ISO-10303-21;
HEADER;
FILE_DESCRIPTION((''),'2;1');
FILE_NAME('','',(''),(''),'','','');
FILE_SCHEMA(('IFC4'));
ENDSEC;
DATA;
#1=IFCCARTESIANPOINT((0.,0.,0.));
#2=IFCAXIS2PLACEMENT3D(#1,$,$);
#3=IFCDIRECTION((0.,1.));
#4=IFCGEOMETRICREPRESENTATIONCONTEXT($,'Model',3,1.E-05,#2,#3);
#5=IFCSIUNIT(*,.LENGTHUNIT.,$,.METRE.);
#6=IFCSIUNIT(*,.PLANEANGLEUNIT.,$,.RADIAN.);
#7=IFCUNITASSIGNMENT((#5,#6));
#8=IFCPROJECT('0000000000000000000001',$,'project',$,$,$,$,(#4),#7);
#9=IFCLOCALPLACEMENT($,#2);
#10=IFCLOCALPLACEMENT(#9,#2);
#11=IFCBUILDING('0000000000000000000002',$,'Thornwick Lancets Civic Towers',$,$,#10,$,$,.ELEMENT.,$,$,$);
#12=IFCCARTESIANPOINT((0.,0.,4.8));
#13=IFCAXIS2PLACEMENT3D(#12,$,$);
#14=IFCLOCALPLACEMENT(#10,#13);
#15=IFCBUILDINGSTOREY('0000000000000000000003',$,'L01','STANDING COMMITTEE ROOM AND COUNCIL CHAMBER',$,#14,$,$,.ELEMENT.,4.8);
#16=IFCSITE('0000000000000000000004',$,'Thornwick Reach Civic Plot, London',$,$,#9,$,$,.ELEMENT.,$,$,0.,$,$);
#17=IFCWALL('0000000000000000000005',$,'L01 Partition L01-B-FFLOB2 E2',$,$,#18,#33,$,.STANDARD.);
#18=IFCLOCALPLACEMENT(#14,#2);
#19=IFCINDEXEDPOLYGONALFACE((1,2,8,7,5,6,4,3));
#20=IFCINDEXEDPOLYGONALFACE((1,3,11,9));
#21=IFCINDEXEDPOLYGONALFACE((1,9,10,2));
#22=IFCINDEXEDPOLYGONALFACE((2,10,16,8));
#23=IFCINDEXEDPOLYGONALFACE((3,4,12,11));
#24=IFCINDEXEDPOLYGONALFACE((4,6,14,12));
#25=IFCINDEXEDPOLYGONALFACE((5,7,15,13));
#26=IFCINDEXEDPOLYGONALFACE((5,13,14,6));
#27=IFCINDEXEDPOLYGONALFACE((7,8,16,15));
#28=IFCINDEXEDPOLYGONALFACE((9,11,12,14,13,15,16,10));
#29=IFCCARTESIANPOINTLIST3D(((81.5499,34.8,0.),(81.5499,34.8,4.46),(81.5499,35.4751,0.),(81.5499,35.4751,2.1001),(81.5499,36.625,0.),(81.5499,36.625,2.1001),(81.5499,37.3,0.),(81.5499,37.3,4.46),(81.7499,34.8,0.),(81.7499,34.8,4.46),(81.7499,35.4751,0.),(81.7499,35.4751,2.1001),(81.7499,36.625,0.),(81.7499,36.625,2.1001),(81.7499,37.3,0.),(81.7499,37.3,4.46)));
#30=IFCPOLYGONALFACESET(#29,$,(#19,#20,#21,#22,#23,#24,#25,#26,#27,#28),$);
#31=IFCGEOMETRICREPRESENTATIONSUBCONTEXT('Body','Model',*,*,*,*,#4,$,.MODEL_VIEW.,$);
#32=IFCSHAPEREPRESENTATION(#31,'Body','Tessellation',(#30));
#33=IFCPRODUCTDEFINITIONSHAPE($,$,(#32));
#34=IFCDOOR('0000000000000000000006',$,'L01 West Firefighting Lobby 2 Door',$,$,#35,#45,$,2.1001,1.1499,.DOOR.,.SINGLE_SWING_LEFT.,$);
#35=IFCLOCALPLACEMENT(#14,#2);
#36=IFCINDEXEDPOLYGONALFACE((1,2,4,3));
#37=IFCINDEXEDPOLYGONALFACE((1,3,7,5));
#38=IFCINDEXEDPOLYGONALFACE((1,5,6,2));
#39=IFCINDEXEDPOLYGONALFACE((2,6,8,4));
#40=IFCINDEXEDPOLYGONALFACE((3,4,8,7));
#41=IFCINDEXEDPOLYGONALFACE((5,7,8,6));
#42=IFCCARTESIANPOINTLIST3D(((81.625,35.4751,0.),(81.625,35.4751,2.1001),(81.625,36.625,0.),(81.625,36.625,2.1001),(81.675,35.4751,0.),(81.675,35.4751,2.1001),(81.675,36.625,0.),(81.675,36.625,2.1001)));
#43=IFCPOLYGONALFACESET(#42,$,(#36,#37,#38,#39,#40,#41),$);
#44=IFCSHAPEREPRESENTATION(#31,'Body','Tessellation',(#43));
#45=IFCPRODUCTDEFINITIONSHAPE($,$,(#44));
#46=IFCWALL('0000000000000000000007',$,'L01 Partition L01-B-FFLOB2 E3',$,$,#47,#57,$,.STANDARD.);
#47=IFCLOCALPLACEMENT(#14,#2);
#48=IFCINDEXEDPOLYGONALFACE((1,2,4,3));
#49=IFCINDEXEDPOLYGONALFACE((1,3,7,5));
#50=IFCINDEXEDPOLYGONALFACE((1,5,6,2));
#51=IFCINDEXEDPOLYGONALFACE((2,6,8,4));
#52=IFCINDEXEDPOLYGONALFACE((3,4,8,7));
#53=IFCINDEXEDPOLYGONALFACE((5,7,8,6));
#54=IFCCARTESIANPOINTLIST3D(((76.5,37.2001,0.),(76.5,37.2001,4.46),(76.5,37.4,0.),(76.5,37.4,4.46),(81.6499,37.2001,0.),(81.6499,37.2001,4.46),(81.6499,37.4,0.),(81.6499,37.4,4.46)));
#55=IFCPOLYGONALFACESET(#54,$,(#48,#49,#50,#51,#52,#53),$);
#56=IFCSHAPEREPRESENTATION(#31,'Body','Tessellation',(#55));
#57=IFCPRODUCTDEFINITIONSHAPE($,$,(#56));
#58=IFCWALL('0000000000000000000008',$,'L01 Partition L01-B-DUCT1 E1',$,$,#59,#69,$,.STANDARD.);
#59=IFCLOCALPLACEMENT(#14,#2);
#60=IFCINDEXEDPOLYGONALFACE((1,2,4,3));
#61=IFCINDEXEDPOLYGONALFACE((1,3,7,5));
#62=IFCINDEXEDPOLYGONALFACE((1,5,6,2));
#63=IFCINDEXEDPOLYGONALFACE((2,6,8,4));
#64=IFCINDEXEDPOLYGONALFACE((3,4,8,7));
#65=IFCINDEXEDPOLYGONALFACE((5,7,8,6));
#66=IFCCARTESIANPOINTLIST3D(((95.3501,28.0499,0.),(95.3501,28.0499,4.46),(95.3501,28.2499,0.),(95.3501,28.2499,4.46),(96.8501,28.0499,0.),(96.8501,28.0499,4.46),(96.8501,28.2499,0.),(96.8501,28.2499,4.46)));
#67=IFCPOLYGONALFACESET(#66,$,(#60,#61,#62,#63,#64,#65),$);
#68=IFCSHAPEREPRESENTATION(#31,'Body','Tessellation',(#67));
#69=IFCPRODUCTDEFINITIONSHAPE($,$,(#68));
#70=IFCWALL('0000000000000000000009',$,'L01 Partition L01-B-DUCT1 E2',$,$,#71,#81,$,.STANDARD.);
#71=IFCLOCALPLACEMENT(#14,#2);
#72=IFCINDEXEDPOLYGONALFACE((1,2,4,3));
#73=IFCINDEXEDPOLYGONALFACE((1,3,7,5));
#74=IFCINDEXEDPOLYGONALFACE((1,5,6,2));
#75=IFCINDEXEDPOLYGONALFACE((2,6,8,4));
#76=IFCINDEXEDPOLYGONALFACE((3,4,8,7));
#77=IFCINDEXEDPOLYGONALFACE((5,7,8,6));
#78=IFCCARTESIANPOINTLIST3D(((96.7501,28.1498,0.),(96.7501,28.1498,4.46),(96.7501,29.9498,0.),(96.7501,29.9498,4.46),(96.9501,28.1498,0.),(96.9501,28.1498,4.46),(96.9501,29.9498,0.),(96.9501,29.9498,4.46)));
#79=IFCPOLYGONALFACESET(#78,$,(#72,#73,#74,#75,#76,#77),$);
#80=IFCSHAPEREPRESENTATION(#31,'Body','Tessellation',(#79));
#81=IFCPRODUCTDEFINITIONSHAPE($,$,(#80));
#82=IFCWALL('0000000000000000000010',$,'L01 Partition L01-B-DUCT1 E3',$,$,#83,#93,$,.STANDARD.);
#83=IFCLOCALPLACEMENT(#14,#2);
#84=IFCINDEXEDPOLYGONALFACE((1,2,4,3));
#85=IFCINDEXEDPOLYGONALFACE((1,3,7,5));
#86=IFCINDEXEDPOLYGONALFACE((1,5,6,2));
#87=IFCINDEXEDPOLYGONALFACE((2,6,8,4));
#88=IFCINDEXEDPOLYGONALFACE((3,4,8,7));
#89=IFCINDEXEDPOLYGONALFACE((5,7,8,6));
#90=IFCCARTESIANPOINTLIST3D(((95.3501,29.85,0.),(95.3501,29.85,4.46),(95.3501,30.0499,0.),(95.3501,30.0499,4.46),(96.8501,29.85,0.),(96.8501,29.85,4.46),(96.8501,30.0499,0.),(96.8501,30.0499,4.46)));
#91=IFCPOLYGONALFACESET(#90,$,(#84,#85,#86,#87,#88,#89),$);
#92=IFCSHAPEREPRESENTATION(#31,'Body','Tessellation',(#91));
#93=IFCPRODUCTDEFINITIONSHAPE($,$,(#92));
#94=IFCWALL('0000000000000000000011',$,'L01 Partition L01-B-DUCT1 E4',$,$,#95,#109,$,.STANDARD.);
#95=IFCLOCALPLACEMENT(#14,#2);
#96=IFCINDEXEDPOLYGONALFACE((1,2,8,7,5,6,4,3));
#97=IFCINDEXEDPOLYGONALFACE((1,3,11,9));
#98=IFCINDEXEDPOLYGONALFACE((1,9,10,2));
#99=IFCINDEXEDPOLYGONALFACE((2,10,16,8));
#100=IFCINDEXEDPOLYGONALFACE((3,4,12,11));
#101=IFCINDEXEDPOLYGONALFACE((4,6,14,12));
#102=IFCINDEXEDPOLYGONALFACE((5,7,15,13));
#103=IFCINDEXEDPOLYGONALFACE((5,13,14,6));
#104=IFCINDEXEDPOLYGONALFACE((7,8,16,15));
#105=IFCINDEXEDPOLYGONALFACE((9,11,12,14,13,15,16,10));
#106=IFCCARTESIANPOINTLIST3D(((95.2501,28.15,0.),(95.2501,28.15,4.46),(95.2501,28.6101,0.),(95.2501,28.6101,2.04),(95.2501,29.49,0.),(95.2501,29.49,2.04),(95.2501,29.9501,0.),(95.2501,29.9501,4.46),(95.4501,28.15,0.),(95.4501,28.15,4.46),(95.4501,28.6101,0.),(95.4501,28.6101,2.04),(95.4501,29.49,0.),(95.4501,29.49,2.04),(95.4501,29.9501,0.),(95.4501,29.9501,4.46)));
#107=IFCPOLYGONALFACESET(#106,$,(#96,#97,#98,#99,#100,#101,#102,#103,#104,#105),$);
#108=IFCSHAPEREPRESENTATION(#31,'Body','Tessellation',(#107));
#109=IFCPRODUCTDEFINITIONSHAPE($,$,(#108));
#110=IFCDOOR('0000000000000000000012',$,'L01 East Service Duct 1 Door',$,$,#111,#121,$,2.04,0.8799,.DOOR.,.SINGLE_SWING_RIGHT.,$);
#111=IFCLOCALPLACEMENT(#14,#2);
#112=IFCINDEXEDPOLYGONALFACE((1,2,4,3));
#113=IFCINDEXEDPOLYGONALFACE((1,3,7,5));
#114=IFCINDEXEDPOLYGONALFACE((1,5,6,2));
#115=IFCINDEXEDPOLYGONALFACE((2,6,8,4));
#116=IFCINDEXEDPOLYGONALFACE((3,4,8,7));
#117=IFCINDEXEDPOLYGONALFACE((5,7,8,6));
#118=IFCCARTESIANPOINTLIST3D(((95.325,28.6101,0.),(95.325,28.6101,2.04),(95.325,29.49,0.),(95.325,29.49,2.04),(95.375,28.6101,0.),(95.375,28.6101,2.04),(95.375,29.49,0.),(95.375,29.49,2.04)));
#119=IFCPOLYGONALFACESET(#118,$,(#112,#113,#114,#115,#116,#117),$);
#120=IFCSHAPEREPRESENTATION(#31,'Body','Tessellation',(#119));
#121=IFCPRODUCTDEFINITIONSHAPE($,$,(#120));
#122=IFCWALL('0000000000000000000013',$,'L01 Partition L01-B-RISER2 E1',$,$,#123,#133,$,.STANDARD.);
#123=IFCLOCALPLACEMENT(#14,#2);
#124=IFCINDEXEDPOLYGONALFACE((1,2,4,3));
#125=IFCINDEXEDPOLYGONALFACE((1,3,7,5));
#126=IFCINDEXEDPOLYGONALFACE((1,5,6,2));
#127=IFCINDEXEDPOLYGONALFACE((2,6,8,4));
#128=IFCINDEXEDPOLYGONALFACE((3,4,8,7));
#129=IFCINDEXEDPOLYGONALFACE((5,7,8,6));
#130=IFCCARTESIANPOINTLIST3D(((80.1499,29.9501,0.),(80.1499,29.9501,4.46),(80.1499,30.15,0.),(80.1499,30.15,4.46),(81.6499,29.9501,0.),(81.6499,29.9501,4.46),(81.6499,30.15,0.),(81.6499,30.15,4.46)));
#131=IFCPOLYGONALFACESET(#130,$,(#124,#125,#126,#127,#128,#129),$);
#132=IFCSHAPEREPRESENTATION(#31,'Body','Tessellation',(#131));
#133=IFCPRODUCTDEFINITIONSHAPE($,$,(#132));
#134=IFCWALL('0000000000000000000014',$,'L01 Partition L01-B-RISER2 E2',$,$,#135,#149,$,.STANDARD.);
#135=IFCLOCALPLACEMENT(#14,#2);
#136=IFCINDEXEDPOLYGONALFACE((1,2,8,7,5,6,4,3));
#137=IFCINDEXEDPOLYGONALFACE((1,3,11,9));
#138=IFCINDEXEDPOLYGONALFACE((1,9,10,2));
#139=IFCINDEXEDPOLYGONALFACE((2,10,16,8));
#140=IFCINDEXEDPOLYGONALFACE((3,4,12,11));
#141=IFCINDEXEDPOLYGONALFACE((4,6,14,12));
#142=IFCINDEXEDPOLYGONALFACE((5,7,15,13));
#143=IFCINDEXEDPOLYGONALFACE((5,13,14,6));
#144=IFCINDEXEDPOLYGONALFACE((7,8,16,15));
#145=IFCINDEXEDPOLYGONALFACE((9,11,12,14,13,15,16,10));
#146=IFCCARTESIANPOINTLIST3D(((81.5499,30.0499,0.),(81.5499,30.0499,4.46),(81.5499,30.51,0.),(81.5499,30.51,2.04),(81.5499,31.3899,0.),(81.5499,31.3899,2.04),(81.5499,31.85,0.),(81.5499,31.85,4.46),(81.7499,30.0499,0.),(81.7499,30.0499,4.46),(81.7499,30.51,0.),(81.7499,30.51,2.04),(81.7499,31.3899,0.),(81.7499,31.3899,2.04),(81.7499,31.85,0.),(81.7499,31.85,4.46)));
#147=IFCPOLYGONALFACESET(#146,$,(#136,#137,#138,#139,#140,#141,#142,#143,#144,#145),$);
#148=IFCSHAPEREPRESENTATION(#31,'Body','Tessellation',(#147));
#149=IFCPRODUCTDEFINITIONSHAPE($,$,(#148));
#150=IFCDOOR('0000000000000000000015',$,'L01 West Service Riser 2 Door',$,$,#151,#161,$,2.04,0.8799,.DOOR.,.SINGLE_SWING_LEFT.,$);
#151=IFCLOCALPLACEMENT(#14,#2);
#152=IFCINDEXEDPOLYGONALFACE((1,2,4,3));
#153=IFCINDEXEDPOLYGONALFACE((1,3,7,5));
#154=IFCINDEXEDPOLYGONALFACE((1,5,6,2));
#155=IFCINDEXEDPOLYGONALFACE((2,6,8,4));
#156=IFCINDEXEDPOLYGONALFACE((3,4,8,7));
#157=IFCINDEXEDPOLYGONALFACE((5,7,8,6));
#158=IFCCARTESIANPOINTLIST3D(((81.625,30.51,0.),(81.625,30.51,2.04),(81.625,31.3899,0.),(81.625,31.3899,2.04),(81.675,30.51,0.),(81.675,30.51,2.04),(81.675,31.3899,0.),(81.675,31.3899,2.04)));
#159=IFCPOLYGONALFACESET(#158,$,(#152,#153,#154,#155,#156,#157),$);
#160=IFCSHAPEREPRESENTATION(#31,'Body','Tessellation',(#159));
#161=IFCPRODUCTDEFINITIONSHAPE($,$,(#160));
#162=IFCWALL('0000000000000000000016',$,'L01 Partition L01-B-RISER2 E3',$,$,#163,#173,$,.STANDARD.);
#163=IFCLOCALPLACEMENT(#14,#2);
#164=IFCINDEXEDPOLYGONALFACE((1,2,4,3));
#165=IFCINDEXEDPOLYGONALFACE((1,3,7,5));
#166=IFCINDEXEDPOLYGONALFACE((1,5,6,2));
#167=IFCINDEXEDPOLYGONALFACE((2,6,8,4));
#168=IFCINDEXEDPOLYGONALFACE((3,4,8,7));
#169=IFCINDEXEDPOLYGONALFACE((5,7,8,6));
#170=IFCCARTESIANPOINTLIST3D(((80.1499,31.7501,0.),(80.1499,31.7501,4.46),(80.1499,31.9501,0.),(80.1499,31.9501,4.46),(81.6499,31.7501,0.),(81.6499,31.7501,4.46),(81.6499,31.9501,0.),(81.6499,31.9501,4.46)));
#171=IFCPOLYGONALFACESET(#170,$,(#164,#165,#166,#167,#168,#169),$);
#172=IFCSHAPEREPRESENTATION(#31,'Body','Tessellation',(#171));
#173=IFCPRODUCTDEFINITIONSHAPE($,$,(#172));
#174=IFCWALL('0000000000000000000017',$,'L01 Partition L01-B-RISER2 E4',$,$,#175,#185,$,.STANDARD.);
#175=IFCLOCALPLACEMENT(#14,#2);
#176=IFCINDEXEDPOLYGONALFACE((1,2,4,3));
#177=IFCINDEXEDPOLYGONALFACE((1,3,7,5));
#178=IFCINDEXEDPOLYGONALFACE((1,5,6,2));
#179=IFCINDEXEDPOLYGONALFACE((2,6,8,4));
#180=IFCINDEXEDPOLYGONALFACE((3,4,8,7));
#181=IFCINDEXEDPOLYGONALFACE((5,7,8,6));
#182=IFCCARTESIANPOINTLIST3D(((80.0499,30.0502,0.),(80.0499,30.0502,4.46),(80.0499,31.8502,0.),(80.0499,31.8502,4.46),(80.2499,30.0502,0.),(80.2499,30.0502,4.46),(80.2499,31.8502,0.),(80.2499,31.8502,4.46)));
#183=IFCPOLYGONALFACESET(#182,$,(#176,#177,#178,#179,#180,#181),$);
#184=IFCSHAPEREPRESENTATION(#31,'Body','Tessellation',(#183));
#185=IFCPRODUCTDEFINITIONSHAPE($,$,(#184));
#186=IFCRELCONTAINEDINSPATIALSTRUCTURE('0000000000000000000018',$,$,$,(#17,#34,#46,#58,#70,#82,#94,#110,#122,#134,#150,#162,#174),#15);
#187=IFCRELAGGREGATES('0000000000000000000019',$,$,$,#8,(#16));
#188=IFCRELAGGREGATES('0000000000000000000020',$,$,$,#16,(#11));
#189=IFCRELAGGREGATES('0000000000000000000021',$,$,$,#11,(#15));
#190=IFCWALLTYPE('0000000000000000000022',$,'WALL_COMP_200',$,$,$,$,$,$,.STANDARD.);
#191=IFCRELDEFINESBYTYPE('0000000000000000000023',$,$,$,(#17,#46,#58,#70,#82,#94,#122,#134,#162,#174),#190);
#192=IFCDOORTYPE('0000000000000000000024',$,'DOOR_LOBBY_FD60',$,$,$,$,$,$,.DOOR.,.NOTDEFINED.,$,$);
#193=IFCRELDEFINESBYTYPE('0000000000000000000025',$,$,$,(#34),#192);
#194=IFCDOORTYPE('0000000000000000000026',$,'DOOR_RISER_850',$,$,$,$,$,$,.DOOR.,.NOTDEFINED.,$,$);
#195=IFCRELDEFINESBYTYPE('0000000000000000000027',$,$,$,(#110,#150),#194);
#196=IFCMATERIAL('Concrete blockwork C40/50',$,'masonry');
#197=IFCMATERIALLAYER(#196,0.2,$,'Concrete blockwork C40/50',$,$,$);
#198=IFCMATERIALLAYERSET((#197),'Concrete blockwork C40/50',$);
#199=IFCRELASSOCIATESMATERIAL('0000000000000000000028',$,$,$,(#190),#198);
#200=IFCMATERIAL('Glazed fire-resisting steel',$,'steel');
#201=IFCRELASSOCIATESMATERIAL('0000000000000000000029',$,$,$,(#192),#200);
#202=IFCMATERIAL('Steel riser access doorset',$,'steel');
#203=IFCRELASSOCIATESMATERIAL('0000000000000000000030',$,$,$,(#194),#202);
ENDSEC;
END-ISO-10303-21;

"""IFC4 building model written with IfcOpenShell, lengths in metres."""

from ifc_helpers import new_model, si_unit, direction, frame, frame_2d, origin, place, context, subcontext, project, spatial, rectangle, extrude, material, layer, layer_set, type_object, element, fill, save


model = new_model("IFC4")

# Units and contexts
model_context = context("Model", 3, precision=1e-05, world=origin(), true_north=direction((0.0, 1.0)))
body_context = subcontext(model_context, "Body", "Model", "MODEL_VIEW")
ifc_project = project(units=[si_unit("LENGTHUNIT", "METRE"), si_unit("PLANEANGLEUNIT", "RADIAN")], contexts=[model_context])

# Site, building, storey
site_placement = place(None, origin())
site = spatial("IfcSite", under=ifc_project, at=site_placement, Name="Thornwick Reach Civic Plot, London", CompositionType="ELEMENT", RefElevation=0.0)
building_placement = place(site_placement, origin())
building = spatial("IfcBuilding", under=site, at=building_placement, Name="Thornwick Lancets Civic Towers", CompositionType="ELEMENT")
storey_placement = place(building_placement, frame((0.0, 0.0, 4.8)))
storey = spatial("IfcBuildingStorey", under=building, at=storey_placement, Name="L01", Description="STANDING COMMITTEE ROOM AND COUNCIL CHAMBER", CompositionType="ELEMENT", Elevation=4.8)

# Wall, opening, door
ifc_material_1 = material(Name="Concrete blockwork C40/50", Category="masonry")
ifc_layer_1 = layer(ifc_material_1, 0.2, Name="Concrete blockwork C40/50")
ifc_layer_set_1 = layer_set([ifc_layer_1], Name="Concrete blockwork C40/50")
wall_type_1 = type_object("IfcWallType", Name="WALL_COMP_200", PredefinedType="STANDARD", material=ifc_layer_set_1)
wall_1_placement = place(storey_placement, frame((81.6499, 34.8, 0.0), z_axis=(0.0, 0.0, 1.0), x_axis=(0.0, 1.0, 0.0)))
wall_1 = element("IfcWall", 1, at=wall_1_placement, inside=storey, type_object=wall_type_1, Name="L01 Partition L01-B-FFLOB2 E2", PredefinedType="STANDARD", context=body_context, shape_type="SweptSolid", body=[
    extrude(rectangle(XDim=2.5, YDim=0.2, at=frame_2d((1.25, 0.0))), origin(), (0.0, 0.0, 1.0), 4.46),
])
opening_1_placement = place(wall_1_placement, frame((0.675, 0.0, 0.0)))
opening_1 = element("IfcOpeningElement", 2, at=opening_1_placement, cuts=wall_1, PredefinedType="OPENING", context=body_context, shape_type="SweptSolid", body=[
    extrude(rectangle(XDim=1.1499, YDim=2.1001, at=frame_2d((0.575, 1.05))), frame((0.0, 0.1099, 0.0), z_axis=(0.0, -1.0, 0.0), x_axis=(1.0, 0.0, 0.0)), (0.0, 0.0, 1.0), 0.22),
])
ifc_material_2 = material(Name="Glazed fire-resisting steel", Category="steel")
door_type_1 = type_object("IfcDoorType", Name="DOOR_LOBBY_FD60", OperationType="NOTDEFINED", PredefinedType="DOOR", material=ifc_material_2)
door_1_placement = place(opening_1_placement, origin())
door_1 = element("IfcDoor", 3, at=door_1_placement, inside=storey, type_object=door_type_1, Name="L01 West Firefighting Lobby 2 Door", OperationType="SINGLE_SWING_LEFT", OverallHeight=2.1001, OverallWidth=1.1499, PredefinedType="DOOR", context=body_context, shape_type="SweptSolid", body=[
    extrude(rectangle(XDim=1.1499, YDim=2.1001, at=frame_2d((0.575, 1.05))), frame((0.0, 0.0249, 0.0), z_axis=(0.0, -1.0, 0.0), x_axis=(1.0, 0.0, 0.0)), (0.0, 0.0, 1.0), 0.05),
])
fill(opening_1, door_1)

# Walls
wall_2_placement = place(storey_placement, frame((81.6499, 37.3, 0.0), z_axis=(0.0, 0.0, 1.0), x_axis=(-1.0, 0.0, 0.0)))
element("IfcWall", 4, at=wall_2_placement, inside=storey, type_object=wall_type_1, Name="L01 Partition L01-B-FFLOB2 E3", PredefinedType="STANDARD", context=body_context, shape_type="SweptSolid", body=[
    extrude(rectangle(XDim=5.1499, YDim=0.2, at=frame_2d((2.575, 0.0))), origin(), (0.0, 0.0, 1.0), 4.46),
])
wall_3_placement = place(storey_placement, frame((95.3501, 28.1499, 0.0), z_axis=(0.0, 0.0, 1.0), x_axis=(1.0, 0.0, 0.0)))
element("IfcWall", 5, at=wall_3_placement, inside=storey, type_object=wall_type_1, Name="L01 Partition L01-B-DUCT1 E1", PredefinedType="STANDARD", context=body_context, shape_type="SweptSolid", body=[
    extrude(rectangle(XDim=1.5, YDim=0.2, at=frame_2d((0.75, 0.0))), origin(), (0.0, 0.0, 1.0), 4.46),
])
wall_4_placement = place(storey_placement, frame((96.8501, 28.1499, 0.0), z_axis=(0.0, 0.0, 1.0), x_axis=(0.0, 1.0, 0.0)))
element("IfcWall", 6, at=wall_4_placement, inside=storey, type_object=wall_type_1, Name="L01 Partition L01-B-DUCT1 E2", PredefinedType="STANDARD", context=body_context, shape_type="SweptSolid", body=[
    extrude(rectangle(XDim=1.8, YDim=0.2, at=frame_2d((0.8999, 0.0))), origin(), (0.0, 0.0, 1.0), 4.46),
])
wall_5_placement = place(storey_placement, frame((96.8501, 29.95, 0.0), z_axis=(0.0, 0.0, 1.0), x_axis=(-1.0, 0.0, 0.0)))
element("IfcWall", 7, at=wall_5_placement, inside=storey, type_object=wall_type_1, Name="L01 Partition L01-B-DUCT1 E3", PredefinedType="STANDARD", context=body_context, shape_type="SweptSolid", body=[
    extrude(rectangle(XDim=1.5, YDim=0.2, at=frame_2d((0.75, 0.0))), origin(), (0.0, 0.0, 1.0), 4.46),
])

# Wall, opening, door
wall_6_placement = place(storey_placement, frame((95.3501, 29.95, 0.0), z_axis=(0.0, 0.0, 1.0), x_axis=(0.0, -1.0, 0.0)))
wall_6 = element("IfcWall", 8, at=wall_6_placement, inside=storey, type_object=wall_type_1, Name="L01 Partition L01-B-DUCT1 E4", PredefinedType="STANDARD", context=body_context, shape_type="SweptSolid", body=[
    extrude(rectangle(XDim=1.8, YDim=0.2, at=frame_2d((0.8999, 0.0))), origin(), (0.0, 0.0, 1.0), 4.46),
])
opening_2_placement = place(wall_6_placement, frame((0.46, 0.0, 0.0)))
opening_2 = element("IfcOpeningElement", 9, at=opening_2_placement, cuts=wall_6, PredefinedType="OPENING", context=body_context, shape_type="SweptSolid", body=[
    extrude(rectangle(XDim=0.8799, YDim=2.04, at=frame_2d((0.4399, 1.02))), frame((0.0, 0.1099, 0.0), z_axis=(0.0, -1.0, 0.0), x_axis=(1.0, 0.0, 0.0)), (0.0, 0.0, 1.0), 0.22),
])
ifc_material_3 = material(Name="Steel riser access doorset", Category="steel")
door_type_2 = type_object("IfcDoorType", Name="DOOR_RISER_850", OperationType="NOTDEFINED", PredefinedType="DOOR", material=ifc_material_3)
door_2_placement = place(opening_2_placement, origin())
door_2 = element("IfcDoor", 10, at=door_2_placement, inside=storey, type_object=door_type_2, Name="L01 East Service Duct 1 Door", OperationType="SINGLE_SWING_RIGHT", OverallHeight=2.04, OverallWidth=0.8799, PredefinedType="DOOR", context=body_context, shape_type="SweptSolid", body=[
    extrude(rectangle(XDim=0.8799, YDim=2.04, at=frame_2d((0.4399, 1.02))), frame((0.0, 0.0249, 0.0), z_axis=(0.0, -1.0, 0.0), x_axis=(1.0, 0.0, 0.0)), (0.0, 0.0, 1.0), 0.05),
])
fill(opening_2, door_2)

# Wall
wall_7_placement = place(storey_placement, frame((80.1499, 30.05, 0.0), z_axis=(0.0, 0.0, 1.0), x_axis=(1.0, 0.0, 0.0)))
element("IfcWall", 11, at=wall_7_placement, inside=storey, type_object=wall_type_1, Name="L01 Partition L01-B-RISER2 E1", PredefinedType="STANDARD", context=body_context, shape_type="SweptSolid", body=[
    extrude(rectangle(XDim=1.5, YDim=0.2, at=frame_2d((0.75, 0.0))), origin(), (0.0, 0.0, 1.0), 4.46),
])

# Wall, opening, door
wall_8_placement = place(storey_placement, frame((81.6499, 30.05, 0.0), z_axis=(0.0, 0.0, 1.0), x_axis=(0.0, 1.0, 0.0)))
wall_8 = element("IfcWall", 12, at=wall_8_placement, inside=storey, type_object=wall_type_1, Name="L01 Partition L01-B-RISER2 E2", PredefinedType="STANDARD", context=body_context, shape_type="SweptSolid", body=[
    extrude(rectangle(XDim=1.8, YDim=0.2, at=frame_2d((0.8999, 0.0))), origin(), (0.0, 0.0, 1.0), 4.46),
])
opening_3_placement = place(wall_8_placement, frame((0.46, 0.0, 0.0)))
opening_3 = element("IfcOpeningElement", 13, at=opening_3_placement, cuts=wall_8, PredefinedType="OPENING", context=body_context, shape_type="SweptSolid", body=[
    extrude(rectangle(XDim=0.8799, YDim=2.04, at=frame_2d((0.4399, 1.02))), frame((0.0, 0.1099, 0.0), z_axis=(0.0, -1.0, 0.0), x_axis=(1.0, 0.0, 0.0)), (0.0, 0.0, 1.0), 0.22),
])
door_3_placement = place(opening_3_placement, origin())
door_3 = element("IfcDoor", 14, at=door_3_placement, inside=storey, type_object=door_type_2, Name="L01 West Service Riser 2 Door", OperationType="SINGLE_SWING_LEFT", OverallHeight=2.04, OverallWidth=0.8799, PredefinedType="DOOR", context=body_context, shape_type="SweptSolid", body=[
    extrude(rectangle(XDim=0.8799, YDim=2.04, at=frame_2d((0.4399, 1.02))), frame((0.0, 0.0249, 0.0), z_axis=(0.0, -1.0, 0.0), x_axis=(1.0, 0.0, 0.0)), (0.0, 0.0, 1.0), 0.05),
])
fill(opening_3, door_3)

# Walls
wall_9_placement = place(storey_placement, frame((81.6499, 31.8501, 0.0), z_axis=(0.0, 0.0, 1.0), x_axis=(-1.0, 0.0, 0.0)))
element("IfcWall", 15, at=wall_9_placement, inside=storey, type_object=wall_type_1, Name="L01 Partition L01-B-RISER2 E3", PredefinedType="STANDARD", context=body_context, shape_type="SweptSolid", body=[
    extrude(rectangle(XDim=1.5, YDim=0.2, at=frame_2d((0.75, 0.0))), origin(), (0.0, 0.0, 1.0), 4.46),
])
wall_10_placement = place(storey_placement, frame((80.1499, 31.8501, 0.0), z_axis=(0.0, 0.0, 1.0), x_axis=(0.0, -1.0, 0.0)))
element("IfcWall", 16, at=wall_10_placement, inside=storey, type_object=wall_type_1, Name="L01 Partition L01-B-RISER2 E4", PredefinedType="STANDARD", context=body_context, shape_type="SweptSolid", body=[
    extrude(rectangle(XDim=1.8, YDim=0.2, at=frame_2d((0.8999, 0.0))), origin(), (0.0, 0.0, 1.0), 4.46),
])

save(model, "model.ifc")
